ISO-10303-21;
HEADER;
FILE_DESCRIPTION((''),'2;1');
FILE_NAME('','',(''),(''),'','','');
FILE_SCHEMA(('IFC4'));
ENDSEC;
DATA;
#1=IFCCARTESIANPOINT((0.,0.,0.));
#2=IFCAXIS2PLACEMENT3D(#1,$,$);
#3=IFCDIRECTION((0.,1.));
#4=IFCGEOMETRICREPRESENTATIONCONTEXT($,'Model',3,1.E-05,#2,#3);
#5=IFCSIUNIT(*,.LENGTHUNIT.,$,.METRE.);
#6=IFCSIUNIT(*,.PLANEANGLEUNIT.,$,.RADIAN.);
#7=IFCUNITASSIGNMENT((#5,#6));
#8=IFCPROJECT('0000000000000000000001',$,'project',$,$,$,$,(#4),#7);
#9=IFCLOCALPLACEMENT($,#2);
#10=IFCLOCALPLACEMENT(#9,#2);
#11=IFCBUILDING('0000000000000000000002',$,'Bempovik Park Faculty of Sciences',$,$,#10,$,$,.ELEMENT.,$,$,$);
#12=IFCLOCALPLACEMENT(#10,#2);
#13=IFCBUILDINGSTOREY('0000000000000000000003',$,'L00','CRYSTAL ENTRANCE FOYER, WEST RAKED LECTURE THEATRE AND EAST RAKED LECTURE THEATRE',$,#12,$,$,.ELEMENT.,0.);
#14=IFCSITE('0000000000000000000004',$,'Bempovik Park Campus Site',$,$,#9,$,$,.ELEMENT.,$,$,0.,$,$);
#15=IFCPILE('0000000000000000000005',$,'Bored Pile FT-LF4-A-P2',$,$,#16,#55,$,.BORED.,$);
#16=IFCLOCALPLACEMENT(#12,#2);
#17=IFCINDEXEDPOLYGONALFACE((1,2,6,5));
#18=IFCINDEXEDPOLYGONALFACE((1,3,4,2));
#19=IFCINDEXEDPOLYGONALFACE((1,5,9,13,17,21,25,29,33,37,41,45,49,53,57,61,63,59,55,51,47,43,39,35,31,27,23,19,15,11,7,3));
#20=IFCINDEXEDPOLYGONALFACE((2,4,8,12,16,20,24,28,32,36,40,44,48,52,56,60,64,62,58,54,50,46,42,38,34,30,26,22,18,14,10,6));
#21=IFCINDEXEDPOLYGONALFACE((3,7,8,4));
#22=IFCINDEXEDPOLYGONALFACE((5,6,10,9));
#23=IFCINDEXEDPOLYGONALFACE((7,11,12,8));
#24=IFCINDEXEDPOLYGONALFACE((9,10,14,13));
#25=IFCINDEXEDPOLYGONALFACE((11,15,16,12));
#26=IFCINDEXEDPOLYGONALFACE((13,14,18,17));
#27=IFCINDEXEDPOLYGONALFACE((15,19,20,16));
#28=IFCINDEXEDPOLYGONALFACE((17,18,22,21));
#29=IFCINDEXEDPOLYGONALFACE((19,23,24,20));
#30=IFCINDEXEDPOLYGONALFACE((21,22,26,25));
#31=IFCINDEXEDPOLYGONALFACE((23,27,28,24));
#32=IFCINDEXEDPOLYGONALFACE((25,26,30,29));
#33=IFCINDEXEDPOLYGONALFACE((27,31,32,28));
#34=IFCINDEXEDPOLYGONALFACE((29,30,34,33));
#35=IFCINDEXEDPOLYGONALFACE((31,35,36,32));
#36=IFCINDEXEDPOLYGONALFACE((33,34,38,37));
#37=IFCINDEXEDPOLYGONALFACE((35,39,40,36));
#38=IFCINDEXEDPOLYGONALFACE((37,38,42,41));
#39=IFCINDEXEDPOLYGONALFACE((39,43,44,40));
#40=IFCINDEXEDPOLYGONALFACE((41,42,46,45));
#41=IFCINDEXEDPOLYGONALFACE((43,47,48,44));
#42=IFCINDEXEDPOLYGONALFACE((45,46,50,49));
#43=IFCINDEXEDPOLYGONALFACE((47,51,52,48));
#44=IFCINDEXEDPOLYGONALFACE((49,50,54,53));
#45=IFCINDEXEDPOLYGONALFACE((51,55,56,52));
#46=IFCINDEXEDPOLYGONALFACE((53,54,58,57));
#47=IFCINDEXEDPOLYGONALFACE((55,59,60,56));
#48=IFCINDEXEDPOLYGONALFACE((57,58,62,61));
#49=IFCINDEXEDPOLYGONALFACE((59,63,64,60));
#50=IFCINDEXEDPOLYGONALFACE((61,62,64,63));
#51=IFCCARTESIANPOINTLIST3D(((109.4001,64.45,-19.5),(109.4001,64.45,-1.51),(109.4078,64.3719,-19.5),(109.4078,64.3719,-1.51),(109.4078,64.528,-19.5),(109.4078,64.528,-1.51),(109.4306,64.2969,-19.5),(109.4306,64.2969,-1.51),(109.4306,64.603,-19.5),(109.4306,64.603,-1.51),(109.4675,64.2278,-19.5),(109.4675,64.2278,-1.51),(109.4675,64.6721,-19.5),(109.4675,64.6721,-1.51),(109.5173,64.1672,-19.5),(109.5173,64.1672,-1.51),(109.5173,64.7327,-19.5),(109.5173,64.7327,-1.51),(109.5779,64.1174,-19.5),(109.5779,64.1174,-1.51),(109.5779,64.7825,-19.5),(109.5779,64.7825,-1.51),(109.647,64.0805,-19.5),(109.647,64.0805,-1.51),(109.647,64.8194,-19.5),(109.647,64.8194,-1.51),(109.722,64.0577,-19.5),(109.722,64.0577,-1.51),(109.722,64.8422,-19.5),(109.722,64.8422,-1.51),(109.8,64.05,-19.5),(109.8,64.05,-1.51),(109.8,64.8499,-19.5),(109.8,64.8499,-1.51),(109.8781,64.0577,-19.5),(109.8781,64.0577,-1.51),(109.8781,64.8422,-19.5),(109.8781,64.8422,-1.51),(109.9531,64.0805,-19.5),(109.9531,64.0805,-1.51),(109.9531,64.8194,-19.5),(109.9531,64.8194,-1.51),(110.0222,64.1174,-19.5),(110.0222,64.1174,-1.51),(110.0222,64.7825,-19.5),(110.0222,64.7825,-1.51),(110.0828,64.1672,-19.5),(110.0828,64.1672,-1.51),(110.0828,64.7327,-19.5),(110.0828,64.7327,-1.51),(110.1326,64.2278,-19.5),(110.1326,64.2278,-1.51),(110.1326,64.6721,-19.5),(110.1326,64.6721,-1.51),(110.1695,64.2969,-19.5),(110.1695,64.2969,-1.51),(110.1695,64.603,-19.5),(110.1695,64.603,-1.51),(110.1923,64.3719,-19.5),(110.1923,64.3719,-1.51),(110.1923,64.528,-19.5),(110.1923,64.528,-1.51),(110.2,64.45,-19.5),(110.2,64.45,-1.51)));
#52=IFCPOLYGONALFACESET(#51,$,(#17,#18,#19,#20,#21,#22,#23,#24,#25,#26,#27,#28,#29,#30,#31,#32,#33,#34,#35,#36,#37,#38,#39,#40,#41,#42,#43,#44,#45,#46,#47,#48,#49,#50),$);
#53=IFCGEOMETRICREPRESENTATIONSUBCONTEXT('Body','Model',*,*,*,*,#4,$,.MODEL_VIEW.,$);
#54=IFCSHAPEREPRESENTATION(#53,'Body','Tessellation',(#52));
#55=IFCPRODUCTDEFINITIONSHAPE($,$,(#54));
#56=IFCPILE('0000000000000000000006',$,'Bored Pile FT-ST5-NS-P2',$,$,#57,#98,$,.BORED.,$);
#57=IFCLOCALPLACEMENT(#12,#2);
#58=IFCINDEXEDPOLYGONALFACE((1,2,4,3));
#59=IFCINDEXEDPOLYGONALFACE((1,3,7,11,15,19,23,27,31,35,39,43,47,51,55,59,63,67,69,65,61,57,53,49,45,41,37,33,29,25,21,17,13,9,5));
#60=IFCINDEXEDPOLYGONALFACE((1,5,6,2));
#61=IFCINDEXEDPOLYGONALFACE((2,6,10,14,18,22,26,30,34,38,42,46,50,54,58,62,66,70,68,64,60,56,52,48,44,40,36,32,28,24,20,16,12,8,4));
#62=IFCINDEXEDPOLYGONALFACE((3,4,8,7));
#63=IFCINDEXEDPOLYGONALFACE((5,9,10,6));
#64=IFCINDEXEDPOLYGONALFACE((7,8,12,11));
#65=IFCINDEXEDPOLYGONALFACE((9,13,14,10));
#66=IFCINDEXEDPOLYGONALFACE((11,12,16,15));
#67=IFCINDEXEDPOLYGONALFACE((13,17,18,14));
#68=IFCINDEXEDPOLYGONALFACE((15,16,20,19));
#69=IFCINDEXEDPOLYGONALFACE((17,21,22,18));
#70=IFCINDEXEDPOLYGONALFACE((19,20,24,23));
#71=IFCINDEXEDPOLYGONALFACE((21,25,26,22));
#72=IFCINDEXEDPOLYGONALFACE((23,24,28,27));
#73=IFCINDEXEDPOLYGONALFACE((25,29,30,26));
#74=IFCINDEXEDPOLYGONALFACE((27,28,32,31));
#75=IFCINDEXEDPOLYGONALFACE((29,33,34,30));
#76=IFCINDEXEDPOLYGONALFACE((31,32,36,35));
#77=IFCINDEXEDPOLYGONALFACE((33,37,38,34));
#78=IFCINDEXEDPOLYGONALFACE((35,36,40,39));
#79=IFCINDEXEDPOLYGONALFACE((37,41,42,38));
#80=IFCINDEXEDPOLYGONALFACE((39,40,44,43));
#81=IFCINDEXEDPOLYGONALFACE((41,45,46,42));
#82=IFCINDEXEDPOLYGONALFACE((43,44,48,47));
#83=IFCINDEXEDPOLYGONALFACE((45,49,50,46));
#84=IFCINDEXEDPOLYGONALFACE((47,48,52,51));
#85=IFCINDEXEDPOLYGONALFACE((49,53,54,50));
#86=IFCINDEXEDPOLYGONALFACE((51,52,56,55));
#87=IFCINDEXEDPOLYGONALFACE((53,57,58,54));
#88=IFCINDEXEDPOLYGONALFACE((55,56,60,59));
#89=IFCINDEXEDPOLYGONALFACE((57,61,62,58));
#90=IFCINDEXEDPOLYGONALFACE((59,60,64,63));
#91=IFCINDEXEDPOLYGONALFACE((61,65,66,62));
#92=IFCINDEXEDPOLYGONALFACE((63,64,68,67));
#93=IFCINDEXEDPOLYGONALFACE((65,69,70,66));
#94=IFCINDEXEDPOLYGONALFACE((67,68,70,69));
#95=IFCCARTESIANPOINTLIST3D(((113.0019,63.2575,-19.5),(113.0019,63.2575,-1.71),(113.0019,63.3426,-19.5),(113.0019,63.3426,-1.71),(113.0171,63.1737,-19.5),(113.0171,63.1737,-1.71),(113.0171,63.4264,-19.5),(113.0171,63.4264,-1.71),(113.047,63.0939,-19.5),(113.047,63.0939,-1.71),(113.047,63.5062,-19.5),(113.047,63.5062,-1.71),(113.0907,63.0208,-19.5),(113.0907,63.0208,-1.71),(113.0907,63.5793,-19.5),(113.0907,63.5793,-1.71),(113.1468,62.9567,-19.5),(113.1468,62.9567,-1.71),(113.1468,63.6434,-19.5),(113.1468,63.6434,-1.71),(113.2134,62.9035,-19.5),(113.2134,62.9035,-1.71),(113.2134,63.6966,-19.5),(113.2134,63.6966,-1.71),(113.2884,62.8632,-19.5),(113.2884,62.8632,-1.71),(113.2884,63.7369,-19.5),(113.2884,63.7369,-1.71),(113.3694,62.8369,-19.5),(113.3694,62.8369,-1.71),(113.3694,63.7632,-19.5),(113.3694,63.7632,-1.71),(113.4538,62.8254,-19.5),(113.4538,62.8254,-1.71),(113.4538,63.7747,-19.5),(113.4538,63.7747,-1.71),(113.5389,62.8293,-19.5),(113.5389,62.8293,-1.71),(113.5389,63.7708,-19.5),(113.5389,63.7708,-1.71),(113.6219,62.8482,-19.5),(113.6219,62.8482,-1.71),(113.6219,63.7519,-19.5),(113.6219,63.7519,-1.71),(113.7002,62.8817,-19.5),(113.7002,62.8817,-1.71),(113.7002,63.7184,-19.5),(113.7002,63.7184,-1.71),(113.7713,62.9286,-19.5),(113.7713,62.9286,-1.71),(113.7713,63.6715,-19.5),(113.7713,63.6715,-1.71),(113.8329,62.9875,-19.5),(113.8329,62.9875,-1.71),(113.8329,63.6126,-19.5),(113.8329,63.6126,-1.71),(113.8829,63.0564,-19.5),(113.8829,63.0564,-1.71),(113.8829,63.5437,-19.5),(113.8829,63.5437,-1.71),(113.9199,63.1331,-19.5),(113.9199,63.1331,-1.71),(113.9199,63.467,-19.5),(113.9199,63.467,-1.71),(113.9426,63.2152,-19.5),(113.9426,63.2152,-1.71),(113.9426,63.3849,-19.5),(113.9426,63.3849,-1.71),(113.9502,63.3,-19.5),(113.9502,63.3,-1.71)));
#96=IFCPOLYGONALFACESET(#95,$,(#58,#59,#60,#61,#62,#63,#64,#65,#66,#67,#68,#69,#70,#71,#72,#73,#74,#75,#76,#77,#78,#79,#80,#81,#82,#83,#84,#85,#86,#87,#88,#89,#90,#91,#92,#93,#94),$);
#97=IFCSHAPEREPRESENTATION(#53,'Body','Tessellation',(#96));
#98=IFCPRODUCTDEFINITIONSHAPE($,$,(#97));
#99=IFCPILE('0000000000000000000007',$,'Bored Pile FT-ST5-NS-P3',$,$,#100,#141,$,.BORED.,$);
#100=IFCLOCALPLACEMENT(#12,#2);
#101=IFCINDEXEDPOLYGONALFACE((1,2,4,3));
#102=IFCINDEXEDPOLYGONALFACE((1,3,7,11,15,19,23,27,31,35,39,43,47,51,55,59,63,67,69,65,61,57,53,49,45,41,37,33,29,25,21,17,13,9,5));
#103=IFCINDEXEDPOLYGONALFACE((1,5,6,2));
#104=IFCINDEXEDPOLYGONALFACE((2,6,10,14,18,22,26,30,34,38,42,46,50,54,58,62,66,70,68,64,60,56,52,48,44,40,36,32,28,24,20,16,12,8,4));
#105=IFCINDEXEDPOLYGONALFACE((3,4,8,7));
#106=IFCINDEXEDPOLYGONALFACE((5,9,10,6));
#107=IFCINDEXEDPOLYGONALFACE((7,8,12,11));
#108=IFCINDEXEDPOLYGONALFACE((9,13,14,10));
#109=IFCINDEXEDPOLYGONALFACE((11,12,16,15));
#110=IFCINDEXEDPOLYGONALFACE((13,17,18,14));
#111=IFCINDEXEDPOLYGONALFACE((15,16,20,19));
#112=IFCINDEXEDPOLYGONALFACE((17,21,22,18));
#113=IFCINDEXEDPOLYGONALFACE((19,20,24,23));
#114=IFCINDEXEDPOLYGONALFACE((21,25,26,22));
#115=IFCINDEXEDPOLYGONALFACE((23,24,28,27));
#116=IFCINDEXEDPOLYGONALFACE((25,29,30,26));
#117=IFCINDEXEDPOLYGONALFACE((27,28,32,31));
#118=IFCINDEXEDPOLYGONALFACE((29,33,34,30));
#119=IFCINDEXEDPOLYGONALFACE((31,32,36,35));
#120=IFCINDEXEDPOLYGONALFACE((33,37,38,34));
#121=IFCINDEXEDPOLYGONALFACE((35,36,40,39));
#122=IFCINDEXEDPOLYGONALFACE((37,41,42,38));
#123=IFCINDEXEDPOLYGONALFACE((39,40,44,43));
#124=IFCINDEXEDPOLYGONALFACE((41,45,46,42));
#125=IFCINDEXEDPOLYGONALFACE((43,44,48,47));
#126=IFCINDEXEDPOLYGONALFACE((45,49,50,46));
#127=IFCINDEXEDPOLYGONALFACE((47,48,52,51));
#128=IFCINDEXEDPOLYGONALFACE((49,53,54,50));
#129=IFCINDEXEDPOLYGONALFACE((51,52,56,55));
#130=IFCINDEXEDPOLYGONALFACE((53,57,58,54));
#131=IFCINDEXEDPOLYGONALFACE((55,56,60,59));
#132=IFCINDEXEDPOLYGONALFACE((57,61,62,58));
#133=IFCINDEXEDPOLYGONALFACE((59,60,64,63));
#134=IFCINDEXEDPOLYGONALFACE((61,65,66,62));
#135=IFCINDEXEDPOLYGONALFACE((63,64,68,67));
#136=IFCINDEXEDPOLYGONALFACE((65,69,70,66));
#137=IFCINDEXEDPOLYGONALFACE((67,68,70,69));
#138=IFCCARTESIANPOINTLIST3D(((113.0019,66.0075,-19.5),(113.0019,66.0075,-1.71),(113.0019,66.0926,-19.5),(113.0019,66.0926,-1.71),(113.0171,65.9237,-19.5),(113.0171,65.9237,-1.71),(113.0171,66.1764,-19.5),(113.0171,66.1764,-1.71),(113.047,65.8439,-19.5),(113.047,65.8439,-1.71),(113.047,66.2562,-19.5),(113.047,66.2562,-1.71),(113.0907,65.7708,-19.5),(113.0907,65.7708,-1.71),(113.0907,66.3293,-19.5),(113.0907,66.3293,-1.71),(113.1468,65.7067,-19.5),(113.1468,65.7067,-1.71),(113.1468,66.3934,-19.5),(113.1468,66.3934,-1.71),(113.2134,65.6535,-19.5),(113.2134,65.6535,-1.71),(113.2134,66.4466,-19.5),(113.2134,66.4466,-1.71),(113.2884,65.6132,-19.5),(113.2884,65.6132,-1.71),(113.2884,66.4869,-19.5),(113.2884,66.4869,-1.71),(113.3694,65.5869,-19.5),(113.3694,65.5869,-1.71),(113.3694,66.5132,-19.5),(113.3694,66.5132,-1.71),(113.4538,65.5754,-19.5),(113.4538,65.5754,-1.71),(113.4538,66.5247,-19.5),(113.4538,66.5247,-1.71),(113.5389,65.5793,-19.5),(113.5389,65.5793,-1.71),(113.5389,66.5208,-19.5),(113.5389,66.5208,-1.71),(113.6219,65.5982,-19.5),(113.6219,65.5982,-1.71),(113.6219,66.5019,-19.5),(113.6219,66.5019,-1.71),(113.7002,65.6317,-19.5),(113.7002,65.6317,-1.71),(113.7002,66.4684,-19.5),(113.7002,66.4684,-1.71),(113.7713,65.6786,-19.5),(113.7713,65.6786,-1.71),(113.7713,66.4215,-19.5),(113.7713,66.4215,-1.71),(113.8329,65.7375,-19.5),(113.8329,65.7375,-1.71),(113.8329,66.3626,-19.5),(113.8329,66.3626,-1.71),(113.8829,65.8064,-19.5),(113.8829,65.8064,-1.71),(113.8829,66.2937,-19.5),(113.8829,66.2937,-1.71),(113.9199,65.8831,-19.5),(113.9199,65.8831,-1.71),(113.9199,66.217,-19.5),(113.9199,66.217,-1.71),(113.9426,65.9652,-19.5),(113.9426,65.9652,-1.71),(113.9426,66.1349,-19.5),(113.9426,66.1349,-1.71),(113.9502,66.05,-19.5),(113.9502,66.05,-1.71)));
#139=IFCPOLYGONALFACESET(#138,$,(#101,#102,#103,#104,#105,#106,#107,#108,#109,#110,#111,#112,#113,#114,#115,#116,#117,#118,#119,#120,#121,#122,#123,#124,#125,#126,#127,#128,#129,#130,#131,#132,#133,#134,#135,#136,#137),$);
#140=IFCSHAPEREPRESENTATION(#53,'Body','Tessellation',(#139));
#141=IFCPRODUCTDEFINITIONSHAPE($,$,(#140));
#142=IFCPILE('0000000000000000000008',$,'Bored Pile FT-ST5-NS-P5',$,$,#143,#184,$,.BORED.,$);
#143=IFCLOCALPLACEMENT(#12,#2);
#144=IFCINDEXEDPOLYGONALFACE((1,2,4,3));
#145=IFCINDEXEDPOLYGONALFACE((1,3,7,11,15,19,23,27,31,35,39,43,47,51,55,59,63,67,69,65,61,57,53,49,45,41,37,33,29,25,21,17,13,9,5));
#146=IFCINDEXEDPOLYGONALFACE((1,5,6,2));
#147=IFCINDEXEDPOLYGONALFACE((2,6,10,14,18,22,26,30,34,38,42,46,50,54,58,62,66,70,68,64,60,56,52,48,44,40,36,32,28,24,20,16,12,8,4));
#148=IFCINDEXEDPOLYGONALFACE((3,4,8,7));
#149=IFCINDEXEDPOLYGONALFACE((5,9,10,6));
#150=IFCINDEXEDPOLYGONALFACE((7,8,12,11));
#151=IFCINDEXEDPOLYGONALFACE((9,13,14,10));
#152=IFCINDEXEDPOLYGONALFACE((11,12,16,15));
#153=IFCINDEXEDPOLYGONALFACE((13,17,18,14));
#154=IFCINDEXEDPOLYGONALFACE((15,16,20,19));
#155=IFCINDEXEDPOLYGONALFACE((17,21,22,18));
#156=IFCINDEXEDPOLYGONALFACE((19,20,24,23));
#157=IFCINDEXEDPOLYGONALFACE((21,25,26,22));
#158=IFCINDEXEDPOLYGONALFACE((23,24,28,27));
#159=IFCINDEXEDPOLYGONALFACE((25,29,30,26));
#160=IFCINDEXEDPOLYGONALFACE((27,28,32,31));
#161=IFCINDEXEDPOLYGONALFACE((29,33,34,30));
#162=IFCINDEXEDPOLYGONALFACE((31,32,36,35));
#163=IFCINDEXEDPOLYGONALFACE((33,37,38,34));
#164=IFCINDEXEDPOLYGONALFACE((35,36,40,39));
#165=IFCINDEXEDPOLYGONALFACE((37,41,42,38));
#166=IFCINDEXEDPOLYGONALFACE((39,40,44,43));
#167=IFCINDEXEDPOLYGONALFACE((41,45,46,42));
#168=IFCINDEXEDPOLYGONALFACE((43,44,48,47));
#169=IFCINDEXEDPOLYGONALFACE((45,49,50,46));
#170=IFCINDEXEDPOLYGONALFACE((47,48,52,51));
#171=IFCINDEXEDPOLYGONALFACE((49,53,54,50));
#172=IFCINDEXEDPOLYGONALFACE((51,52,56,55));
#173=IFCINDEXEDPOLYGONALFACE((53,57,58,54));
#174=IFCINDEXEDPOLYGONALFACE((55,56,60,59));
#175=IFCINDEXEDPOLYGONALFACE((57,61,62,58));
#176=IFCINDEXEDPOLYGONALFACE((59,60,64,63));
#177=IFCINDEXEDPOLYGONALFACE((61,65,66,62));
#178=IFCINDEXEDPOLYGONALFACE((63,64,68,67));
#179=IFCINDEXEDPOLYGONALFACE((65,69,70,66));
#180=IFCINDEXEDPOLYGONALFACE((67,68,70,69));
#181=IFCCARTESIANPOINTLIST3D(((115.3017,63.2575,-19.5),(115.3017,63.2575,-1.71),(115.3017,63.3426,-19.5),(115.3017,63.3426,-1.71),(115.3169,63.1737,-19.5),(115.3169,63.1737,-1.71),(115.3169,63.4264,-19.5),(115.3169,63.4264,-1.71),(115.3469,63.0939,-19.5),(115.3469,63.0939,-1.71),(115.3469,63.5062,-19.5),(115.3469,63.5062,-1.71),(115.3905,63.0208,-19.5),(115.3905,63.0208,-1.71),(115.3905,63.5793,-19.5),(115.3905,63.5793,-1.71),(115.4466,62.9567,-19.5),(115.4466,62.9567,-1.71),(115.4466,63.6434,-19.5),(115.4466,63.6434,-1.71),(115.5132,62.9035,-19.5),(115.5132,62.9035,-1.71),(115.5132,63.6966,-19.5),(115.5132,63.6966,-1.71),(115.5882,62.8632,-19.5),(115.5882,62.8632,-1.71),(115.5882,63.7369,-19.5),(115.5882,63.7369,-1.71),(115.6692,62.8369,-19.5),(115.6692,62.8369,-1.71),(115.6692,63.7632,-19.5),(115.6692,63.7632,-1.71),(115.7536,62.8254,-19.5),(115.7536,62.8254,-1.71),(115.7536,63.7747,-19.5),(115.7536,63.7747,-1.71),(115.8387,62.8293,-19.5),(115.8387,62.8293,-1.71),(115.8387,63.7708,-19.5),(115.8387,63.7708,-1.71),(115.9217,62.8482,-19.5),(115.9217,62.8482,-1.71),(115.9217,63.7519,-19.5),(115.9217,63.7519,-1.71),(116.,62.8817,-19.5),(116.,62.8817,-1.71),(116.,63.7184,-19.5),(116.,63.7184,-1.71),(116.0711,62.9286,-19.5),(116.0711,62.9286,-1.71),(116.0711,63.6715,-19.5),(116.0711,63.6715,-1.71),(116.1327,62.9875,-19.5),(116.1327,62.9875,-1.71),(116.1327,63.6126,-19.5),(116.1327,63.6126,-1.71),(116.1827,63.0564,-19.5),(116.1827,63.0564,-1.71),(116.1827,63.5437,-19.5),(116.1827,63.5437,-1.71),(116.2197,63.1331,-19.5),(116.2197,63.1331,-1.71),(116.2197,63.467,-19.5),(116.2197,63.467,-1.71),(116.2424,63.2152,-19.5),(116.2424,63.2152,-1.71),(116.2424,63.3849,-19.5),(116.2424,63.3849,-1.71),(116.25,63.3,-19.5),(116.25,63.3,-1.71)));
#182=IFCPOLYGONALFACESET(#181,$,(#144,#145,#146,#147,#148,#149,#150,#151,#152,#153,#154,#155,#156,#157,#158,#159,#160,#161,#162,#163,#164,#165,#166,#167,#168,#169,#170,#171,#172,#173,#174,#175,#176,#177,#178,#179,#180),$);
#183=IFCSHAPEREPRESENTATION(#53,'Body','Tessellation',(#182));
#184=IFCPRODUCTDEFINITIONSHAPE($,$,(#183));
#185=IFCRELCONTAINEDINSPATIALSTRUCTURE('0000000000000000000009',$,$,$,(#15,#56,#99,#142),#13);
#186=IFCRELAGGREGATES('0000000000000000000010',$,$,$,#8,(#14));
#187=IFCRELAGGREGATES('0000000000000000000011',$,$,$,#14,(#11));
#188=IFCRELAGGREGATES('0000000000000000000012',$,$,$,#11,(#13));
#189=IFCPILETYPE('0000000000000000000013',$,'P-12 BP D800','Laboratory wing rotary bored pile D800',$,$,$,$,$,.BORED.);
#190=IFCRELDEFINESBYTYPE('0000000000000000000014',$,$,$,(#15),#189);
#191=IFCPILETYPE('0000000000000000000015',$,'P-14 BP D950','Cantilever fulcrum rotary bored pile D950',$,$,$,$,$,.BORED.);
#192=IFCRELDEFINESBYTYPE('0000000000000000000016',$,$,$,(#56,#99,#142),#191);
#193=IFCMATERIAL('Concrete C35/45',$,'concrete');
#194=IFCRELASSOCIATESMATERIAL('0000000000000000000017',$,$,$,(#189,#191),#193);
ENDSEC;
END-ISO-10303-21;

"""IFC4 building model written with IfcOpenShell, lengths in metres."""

from ifc_helpers import new_model, si_unit, direction, frame, origin, origin_2d, place, context, subcontext, project, spatial, circle, extrude, material, material_profile, profile_set, type_object, element, save


model = new_model("IFC4")

# Units and contexts
model_context = context("Model", 3, precision=1e-05, world=origin(), true_north=direction((0.0, 1.0)))
body_context = subcontext(model_context, "Body", "Model", "MODEL_VIEW")
ifc_project = project(units=[si_unit("LENGTHUNIT", "METRE"), si_unit("PLANEANGLEUNIT", "RADIAN")], contexts=[model_context])

# Site, building, storey
site_placement = place(None, origin())
site = spatial("IfcSite", under=ifc_project, at=site_placement, Name="Bempovik Park Campus Site", CompositionType="ELEMENT", RefElevation=0.0)
building_placement = place(site_placement, origin())
building = spatial("IfcBuilding", under=site, at=building_placement, Name="Bempovik Park Faculty of Sciences", CompositionType="ELEMENT")
storey_placement = place(building_placement, origin())
storey = spatial("IfcBuildingStorey", under=building, at=storey_placement, Name="L00", Description="CRYSTAL ENTRANCE FOYER, WEST RAKED LECTURE THEATRE AND EAST RAKED LECTURE THEATRE", CompositionType="ELEMENT", Elevation=0.0)

# Shared definitions
ifc_material_1 = material(Name="Concrete C35/45", Category="concrete")

# Piles
ifc_material_profile_1 = material_profile(ifc_material_1, circle(Radius=0.3999, at=origin_2d()), Name="BP D800")
ifc_profile_set_1 = profile_set([ifc_material_profile_1], Name="Concrete C35/45")
pile_type_1 = type_object("IfcPileType", Name="P-12 BP D800", Description="Laboratory wing rotary bored pile D800", PredefinedType="BORED", material=ifc_profile_set_1)
for number, where, z_axis, x_axis, name in (
    (1, (109.8, 64.45, -1.51), (0.0, 0.0, -1.0), (1.0, 0.0, 0.0), "Bored Pile FT-LF4-A-P2"),
):
    element("IfcPile", number, at=place(storey_placement, frame(where, z_axis=z_axis, x_axis=x_axis)), inside=storey, type_object=pile_type_1, Name=name, PredefinedType="BORED", context=body_context, shape_type="SweptSolid", body=[
        extrude(circle(Radius=0.3999, at=origin_2d()), origin(), (0.0, 0.0, 1.0), 17.99),
    ])
ifc_material_profile_2 = material_profile(ifc_material_1, circle(Radius=0.4751, at=origin_2d()), Name="BP D950")
ifc_profile_set_2 = profile_set([ifc_material_profile_2], Name="Concrete C35/45")
pile_type_2 = type_object("IfcPileType", Name="P-14 BP D950", Description="Cantilever fulcrum rotary bored pile D950", PredefinedType="BORED", material=ifc_profile_set_2)
for number, where, z_axis, x_axis, name in (
    (2, (113.4751, 63.3, -1.71), (0.0, 0.0, -1.0), (1.0, 0.0, 0.0), "Bored Pile FT-ST5-NS-P2"),
    (3, (113.4751, 66.05, -1.71), (0.0, 0.0, -1.0), (1.0, 0.0, 0.0), "Bored Pile FT-ST5-NS-P3"),
    (4, (115.7749, 63.3, -1.71), (0.0, 0.0, -1.0), (1.0, 0.0, 0.0), "Bored Pile FT-ST5-NS-P5"),
):
    element("IfcPile", number, at=place(storey_placement, frame(where, z_axis=z_axis, x_axis=x_axis)), inside=storey, type_object=pile_type_2, Name=name, PredefinedType="BORED", context=body_context, shape_type="SweptSolid", body=[
        extrude(circle(Radius=0.4751, at=origin_2d()), origin(), (0.0, 0.0, 1.0), 17.79),
    ])

save(model, "model.ifc")
